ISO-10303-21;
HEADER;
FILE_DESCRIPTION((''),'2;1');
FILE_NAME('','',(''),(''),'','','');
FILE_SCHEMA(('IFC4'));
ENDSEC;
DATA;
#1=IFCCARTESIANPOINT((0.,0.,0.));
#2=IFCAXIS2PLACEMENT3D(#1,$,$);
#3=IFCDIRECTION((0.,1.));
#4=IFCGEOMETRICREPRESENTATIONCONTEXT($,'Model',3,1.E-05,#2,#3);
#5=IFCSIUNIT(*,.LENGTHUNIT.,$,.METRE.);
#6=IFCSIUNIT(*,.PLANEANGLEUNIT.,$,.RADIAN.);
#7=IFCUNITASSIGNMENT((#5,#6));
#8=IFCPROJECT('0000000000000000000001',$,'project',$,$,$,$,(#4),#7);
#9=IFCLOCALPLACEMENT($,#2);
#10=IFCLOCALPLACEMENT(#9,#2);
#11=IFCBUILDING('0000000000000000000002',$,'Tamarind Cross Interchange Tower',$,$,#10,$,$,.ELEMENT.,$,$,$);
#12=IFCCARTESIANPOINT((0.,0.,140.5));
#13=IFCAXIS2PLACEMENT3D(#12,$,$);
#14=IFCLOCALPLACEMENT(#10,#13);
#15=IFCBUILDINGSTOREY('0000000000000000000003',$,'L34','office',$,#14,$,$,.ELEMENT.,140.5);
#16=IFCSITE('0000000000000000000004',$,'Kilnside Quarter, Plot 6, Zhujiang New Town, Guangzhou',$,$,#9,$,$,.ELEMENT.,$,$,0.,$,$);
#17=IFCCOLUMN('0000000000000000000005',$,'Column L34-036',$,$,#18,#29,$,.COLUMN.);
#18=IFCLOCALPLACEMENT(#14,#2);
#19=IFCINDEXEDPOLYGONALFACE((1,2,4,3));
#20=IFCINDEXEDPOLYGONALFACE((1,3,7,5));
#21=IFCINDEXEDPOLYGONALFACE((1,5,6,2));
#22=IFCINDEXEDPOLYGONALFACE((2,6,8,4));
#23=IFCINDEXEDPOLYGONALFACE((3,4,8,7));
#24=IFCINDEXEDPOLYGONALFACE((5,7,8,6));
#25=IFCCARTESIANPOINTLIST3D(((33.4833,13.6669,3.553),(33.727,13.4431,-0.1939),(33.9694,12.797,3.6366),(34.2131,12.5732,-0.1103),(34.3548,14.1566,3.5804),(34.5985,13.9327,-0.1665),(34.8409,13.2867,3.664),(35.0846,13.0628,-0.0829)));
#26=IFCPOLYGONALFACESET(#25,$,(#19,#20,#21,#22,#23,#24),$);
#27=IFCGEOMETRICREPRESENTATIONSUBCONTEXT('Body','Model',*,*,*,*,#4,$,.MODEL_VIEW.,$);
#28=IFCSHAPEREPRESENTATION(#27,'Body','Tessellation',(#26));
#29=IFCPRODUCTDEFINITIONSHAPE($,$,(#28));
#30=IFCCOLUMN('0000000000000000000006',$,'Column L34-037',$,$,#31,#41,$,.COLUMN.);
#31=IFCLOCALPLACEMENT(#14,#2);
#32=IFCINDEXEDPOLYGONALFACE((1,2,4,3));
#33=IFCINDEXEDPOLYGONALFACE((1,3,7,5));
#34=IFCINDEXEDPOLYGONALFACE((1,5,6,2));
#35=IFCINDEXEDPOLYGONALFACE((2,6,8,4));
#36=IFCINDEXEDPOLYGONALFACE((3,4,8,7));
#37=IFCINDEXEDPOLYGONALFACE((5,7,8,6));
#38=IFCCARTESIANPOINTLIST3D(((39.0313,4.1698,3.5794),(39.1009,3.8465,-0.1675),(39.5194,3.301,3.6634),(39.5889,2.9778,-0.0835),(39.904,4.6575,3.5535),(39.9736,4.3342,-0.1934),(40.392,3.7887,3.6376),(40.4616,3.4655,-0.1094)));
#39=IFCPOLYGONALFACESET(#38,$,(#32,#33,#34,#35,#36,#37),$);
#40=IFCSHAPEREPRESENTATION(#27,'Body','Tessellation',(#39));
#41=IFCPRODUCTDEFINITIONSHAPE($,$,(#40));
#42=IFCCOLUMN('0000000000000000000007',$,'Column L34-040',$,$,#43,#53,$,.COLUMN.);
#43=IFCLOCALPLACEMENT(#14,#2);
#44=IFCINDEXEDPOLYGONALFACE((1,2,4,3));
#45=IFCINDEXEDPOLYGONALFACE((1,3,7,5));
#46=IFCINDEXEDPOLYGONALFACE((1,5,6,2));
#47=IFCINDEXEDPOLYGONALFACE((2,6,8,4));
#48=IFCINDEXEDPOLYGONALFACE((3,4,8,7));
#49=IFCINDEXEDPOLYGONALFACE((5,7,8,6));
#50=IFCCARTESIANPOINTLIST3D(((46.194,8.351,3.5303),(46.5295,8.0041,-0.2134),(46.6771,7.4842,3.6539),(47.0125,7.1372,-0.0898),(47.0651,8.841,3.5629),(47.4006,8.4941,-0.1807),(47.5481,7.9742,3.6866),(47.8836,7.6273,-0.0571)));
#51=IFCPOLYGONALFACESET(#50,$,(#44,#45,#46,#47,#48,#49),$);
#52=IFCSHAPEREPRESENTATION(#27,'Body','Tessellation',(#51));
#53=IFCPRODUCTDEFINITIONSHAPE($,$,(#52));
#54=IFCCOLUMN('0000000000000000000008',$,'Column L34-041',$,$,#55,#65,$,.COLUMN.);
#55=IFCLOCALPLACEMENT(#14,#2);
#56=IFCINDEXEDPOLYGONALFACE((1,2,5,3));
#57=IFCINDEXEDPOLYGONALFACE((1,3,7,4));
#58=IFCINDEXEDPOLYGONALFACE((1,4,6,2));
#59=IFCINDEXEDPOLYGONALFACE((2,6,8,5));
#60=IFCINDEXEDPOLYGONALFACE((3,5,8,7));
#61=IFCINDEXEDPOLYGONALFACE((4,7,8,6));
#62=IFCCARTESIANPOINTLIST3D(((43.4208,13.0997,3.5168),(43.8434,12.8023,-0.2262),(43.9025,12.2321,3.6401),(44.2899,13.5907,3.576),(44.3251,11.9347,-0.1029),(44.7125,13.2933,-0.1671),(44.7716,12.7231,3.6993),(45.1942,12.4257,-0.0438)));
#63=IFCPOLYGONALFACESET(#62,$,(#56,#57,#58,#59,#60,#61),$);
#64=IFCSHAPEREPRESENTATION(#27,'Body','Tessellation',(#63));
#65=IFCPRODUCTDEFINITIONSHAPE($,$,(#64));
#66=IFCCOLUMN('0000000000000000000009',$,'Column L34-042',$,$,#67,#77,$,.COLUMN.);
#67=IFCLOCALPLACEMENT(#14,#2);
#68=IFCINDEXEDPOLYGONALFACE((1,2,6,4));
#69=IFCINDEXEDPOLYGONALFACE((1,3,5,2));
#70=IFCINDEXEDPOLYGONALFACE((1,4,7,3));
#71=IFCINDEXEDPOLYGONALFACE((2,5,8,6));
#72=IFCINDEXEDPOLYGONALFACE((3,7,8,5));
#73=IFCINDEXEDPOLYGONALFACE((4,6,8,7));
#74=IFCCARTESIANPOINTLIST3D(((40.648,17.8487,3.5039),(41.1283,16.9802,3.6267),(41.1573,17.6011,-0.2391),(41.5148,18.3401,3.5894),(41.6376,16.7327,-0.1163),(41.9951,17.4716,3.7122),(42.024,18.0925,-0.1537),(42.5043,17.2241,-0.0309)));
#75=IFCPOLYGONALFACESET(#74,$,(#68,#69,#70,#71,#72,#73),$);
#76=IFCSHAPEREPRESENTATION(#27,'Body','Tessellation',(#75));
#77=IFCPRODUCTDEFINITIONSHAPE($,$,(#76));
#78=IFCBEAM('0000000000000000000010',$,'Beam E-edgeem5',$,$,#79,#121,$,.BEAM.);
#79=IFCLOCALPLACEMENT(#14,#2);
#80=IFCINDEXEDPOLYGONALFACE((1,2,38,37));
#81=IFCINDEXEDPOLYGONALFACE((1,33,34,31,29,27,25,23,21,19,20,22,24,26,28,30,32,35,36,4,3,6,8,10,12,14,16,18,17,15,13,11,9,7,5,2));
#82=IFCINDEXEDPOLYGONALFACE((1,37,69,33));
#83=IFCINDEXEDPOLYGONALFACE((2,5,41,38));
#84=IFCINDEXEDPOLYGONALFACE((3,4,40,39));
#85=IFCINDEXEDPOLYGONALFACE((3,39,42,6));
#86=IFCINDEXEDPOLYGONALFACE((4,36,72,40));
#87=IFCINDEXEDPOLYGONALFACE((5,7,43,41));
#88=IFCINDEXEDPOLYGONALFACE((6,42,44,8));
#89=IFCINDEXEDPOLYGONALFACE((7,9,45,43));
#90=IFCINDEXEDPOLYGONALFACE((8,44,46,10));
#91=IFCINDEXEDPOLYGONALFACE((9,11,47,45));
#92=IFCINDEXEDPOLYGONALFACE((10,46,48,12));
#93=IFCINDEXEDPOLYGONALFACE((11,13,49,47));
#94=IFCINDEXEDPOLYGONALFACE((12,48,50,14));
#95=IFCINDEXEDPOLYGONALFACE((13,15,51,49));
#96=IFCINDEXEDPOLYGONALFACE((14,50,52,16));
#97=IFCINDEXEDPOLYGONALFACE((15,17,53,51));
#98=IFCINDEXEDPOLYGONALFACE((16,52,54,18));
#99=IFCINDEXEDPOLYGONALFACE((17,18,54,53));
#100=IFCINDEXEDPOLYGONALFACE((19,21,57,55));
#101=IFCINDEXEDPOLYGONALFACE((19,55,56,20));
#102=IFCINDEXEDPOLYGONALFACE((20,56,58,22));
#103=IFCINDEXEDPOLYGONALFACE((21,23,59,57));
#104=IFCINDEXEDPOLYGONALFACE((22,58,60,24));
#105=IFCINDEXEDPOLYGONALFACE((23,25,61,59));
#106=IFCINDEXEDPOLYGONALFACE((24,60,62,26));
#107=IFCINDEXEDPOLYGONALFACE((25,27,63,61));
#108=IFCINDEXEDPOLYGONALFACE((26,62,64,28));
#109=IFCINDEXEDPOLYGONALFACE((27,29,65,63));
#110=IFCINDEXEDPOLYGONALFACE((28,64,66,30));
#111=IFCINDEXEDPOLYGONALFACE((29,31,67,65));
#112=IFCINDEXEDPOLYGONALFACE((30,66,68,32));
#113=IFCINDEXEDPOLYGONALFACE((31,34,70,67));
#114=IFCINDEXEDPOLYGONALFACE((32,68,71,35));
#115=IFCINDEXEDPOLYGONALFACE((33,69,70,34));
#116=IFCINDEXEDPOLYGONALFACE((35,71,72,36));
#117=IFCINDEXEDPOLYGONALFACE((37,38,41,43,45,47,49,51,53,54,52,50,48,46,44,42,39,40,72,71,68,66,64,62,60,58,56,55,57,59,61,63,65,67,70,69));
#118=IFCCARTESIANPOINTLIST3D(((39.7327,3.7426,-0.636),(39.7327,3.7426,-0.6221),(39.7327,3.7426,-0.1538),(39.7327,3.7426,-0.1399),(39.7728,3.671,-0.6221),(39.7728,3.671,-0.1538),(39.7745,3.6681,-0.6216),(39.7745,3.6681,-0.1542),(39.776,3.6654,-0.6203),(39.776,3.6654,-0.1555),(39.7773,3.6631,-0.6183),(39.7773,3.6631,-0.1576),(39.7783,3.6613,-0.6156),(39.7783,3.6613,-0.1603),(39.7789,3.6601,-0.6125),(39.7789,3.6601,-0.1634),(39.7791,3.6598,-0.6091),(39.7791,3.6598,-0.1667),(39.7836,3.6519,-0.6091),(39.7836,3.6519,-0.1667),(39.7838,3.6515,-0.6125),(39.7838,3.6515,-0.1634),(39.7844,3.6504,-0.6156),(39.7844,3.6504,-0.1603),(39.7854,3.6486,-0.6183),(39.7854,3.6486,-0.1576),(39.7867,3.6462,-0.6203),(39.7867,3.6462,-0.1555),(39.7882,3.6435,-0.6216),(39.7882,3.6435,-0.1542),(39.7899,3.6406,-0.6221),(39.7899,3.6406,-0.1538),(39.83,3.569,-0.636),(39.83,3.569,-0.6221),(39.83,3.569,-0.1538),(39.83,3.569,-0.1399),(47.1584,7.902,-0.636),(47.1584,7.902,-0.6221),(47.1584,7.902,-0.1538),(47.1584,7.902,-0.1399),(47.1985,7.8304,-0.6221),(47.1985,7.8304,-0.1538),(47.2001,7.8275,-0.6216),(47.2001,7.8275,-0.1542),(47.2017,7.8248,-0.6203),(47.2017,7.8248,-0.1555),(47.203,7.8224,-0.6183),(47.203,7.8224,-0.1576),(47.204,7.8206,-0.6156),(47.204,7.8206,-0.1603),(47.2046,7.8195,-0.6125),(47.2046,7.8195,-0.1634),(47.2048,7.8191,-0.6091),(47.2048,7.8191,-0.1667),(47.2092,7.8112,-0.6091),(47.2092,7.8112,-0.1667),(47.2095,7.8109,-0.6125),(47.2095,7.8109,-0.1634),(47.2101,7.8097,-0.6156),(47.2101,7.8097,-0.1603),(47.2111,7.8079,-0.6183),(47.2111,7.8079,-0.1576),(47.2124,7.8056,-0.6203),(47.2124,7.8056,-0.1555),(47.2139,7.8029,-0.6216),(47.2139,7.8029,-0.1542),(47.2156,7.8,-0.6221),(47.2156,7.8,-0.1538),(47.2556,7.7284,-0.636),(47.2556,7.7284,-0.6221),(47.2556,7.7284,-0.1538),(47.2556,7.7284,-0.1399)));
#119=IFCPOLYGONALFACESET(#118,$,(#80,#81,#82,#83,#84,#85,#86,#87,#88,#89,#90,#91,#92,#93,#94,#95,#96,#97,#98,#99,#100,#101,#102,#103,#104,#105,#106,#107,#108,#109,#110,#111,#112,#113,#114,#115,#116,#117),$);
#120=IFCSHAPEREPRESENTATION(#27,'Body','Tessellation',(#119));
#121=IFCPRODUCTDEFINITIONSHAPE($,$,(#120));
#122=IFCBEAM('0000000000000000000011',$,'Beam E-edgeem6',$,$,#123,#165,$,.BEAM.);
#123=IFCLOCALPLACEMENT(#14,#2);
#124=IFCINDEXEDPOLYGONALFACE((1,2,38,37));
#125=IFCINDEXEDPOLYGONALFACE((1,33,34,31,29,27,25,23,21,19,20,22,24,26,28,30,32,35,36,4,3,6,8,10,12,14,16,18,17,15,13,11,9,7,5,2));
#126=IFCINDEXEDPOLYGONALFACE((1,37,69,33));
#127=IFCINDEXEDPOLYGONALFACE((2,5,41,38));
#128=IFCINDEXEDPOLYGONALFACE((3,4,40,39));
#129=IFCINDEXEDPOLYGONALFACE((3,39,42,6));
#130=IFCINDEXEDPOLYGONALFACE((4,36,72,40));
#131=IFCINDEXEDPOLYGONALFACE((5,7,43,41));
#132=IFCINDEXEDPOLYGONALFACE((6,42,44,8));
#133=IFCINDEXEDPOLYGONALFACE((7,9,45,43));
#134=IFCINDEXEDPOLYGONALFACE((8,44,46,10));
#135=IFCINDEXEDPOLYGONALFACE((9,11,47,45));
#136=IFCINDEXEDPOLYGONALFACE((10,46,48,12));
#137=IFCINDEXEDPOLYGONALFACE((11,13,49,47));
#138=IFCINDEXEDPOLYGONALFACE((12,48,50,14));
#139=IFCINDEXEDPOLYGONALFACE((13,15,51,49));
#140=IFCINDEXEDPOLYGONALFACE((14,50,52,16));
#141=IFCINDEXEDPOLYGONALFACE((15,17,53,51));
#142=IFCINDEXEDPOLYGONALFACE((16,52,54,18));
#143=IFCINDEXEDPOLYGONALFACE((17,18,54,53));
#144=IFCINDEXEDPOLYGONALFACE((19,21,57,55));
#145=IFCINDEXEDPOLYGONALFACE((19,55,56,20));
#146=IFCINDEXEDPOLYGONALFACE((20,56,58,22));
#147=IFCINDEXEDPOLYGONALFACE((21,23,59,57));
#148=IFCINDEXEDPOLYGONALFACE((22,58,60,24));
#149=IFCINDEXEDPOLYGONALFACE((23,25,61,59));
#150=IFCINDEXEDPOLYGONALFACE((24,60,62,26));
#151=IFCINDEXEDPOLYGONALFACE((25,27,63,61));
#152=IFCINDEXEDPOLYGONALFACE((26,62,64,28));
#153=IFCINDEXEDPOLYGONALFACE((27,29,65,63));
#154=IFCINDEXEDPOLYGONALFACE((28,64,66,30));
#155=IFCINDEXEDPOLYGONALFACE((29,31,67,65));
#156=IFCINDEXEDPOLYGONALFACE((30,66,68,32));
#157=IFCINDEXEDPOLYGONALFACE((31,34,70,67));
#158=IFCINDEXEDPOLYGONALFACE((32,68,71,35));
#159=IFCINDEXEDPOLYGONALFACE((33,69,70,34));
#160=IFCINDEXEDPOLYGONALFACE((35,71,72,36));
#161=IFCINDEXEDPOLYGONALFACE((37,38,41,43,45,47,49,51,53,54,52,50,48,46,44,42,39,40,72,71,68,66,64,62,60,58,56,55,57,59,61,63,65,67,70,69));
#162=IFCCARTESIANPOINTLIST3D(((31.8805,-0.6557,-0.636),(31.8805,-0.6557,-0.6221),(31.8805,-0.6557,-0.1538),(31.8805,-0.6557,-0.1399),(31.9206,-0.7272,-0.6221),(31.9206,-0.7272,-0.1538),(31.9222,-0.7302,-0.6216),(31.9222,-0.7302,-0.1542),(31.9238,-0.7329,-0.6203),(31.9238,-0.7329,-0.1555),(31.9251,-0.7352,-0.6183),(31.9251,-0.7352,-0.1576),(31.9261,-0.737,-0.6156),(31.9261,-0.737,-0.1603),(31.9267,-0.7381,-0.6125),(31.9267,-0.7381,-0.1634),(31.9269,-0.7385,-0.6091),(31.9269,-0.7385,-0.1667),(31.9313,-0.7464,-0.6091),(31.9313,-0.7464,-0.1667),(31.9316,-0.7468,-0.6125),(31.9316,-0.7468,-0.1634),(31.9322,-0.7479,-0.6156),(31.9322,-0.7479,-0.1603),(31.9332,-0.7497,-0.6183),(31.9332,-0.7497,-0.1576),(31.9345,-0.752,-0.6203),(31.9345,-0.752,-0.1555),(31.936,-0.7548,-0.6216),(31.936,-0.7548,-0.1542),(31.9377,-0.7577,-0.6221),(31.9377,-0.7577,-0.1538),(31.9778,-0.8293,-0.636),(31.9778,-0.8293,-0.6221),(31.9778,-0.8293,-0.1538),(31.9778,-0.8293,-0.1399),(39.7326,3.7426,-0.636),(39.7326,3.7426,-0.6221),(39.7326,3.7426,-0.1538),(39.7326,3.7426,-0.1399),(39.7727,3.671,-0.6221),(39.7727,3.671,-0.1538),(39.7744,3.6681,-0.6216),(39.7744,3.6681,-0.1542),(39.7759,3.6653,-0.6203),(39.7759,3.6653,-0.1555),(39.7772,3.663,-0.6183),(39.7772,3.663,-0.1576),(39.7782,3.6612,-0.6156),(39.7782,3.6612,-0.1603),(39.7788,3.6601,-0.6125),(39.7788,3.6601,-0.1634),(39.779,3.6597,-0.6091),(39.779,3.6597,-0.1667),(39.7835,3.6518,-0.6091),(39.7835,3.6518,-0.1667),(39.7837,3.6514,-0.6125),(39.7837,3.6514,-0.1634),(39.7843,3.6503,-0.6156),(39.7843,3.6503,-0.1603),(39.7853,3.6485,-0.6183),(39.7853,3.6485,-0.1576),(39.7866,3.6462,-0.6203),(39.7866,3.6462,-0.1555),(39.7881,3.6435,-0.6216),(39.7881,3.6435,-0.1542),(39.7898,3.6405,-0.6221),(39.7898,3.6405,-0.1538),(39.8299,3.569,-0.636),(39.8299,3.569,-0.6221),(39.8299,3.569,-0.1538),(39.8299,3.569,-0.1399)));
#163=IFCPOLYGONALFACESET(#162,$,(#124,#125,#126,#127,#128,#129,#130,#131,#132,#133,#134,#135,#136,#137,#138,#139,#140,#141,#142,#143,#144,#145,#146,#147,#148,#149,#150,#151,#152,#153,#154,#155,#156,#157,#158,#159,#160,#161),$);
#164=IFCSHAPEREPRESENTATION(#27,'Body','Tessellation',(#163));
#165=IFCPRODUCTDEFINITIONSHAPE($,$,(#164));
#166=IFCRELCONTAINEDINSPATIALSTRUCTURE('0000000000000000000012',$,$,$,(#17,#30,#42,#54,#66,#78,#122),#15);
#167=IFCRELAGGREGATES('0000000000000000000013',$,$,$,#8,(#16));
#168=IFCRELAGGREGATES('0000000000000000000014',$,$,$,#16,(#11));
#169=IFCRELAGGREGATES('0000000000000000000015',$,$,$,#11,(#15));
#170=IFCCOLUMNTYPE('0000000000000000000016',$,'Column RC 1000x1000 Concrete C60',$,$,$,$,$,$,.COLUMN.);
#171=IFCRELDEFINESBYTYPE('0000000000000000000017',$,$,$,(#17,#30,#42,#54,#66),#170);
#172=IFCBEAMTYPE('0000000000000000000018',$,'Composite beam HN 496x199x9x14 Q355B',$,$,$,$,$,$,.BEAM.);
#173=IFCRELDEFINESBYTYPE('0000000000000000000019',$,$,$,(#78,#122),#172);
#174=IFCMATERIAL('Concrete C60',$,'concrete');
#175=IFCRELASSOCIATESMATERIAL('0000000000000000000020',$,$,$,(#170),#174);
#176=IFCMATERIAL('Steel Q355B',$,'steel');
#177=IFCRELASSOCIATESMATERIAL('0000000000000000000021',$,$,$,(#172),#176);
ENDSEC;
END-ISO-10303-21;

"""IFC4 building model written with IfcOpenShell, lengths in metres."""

from ifc_helpers import new_model, si_unit, direction, frame, origin, origin_2d, place, context, subcontext, project, spatial, rectangle, i_section, extrude, material, material_profile, profile_set, type_object, element, save


model = new_model("IFC4")

# Units and contexts
model_context = context("Model", 3, precision=1e-05, world=origin(), true_north=direction((0.0, 1.0)))
body_context = subcontext(model_context, "Body", "Model", "MODEL_VIEW")
ifc_project = project(units=[si_unit("LENGTHUNIT", "METRE"), si_unit("PLANEANGLEUNIT", "RADIAN")], contexts=[model_context])

# Site, building, storey
site_placement = place(None, origin())
site = spatial("IfcSite", under=ifc_project, at=site_placement, Name="Kilnside Quarter, Plot 6, Zhujiang New Town, Guangzhou", CompositionType="ELEMENT", RefElevation=0.0)
building_placement = place(site_placement, origin())
building = spatial("IfcBuilding", under=site, at=building_placement, Name="Tamarind Cross Interchange Tower", CompositionType="ELEMENT")
storey_placement = place(building_placement, frame((0.0, 0.0, 140.5)))
storey = spatial("IfcBuildingStorey", under=building, at=storey_placement, Name="L34", Description="office", CompositionType="ELEMENT", Elevation=140.5)

# Columns
ifc_material_1 = material(Name="Concrete C60", Category="concrete")
ifc_material_profile_1 = material_profile(ifc_material_1, rectangle(XDim=1.0, YDim=1.0, at=origin_2d()), Name="RC 1000x1000")
ifc_profile_set_1 = profile_set([ifc_material_profile_1], Name="Concrete C60")
column_type = type_object("IfcColumnType", Name="Column RC 1000x1000 Concrete C60", PredefinedType="COLUMN", material=ifc_profile_set_1)
for number, where, z_axis, x_axis, name in (
    (1, (34.4058, 13.2529, -0.1384), (-0.064777, 0.059519, 0.996123), (0.486109, -0.869891, 0.083588), "Column L34-036"),
    (2, (39.7812, 3.656, -0.1384), (-0.018499, 0.085937, 0.996129), (-0.872633, -0.48769, 0.025868), "Column L34-037"),
):
    element("IfcColumn", number, at=place(storey_placement, frame(where, z_axis=z_axis, x_axis=x_axis)), inside=storey, type_object=column_type, Name=name, PredefinedType="COLUMN", context=body_context, shape_type="SweptSolid", body=[
        extrude(rectangle(XDim=1.0, YDim=1.0, at=origin_2d()), origin(), (0.0, 0.0, 1.0), 3.7615),
    ])
column_1_placement = place(storey_placement, frame((47.2065, 7.8157, -0.1353), z_axis=(-0.088869, 0.091909, 0.991794), x_axis=(0.483035, -0.866832, 0.123611)))
element("IfcColumn", 3, at=column_1_placement, inside=storey, type_object=column_type, Name="Column L34-040", PredefinedType="COLUMN", context=body_context, shape_type="SweptSolid", body=[
    extrude(rectangle(XDim=1.0, YDim=1.0, at=origin_2d()), origin(), (0.0, 0.0, 1.0), 3.7747),
])
column_2_placement = place(storey_placement, frame((44.5188, 12.614, -0.135), z_axis=(-0.11184, 0.078695, 0.990605), x_axis=(0.481716, -0.867608, 0.123311)))
element("IfcColumn", 4, at=column_2_placement, inside=storey, type_object=column_type, Name="Column L34-041", PredefinedType="COLUMN", context=body_context, shape_type="SweptSolid", body=[
    extrude(rectangle(XDim=1.0, YDim=1.0, at=origin_2d()), origin(), (0.0, 0.0, 1.0), 3.7786),
])
column_3_placement = place(storey_placement, frame((41.8308, 17.4126, -0.135), z_axis=(-0.134525, 0.065392, 0.98875), x_axis=(0.480274, -0.868482, 0.122782)))
element("IfcColumn", 5, at=column_3_placement, inside=storey, type_object=column_type, Name="Column L34-042", PredefinedType="COLUMN", context=body_context, shape_type="SweptSolid", body=[
    extrude(rectangle(XDim=1.0, YDim=1.0, at=origin_2d()), origin(), (0.0, 0.0, 1.0), 3.7856),
])

# Beams
ifc_material_2 = material(Name="Steel Q355B", Category="steel")
ifc_material_profile_2 = material_profile(ifc_material_2, i_section(OverallWidth=0.199, OverallDepth=0.4961, WebThickness=0.009, FlangeThickness=0.0139, FilletRadius=0.0129, at=origin_2d()), Name="HN 496x199x9x14")
ifc_profile_set_2 = profile_set([ifc_material_profile_2], Name="Steel Q355B")
beam_type_1 = type_object("IfcBeamType", Name="Composite beam HN 496x199x9x14 Q355B", PredefinedType="BEAM", material=ifc_profile_set_2)
beam_1_placement = place(storey_placement, frame((47.207, 7.8152, -0.3879), z_axis=(-0.872457, -0.488692, 0.0), x_axis=(0.488692, -0.872457, 0.0)))
element("IfcBeam", 6, at=beam_1_placement, inside=storey, type_object=beam_type_1, Name="Beam E-edgeem5", PredefinedType="BEAM", context=body_context, shape_type="SweptSolid", body=[
    extrude(i_section(OverallWidth=0.199, OverallDepth=0.4961, WebThickness=0.009, FlangeThickness=0.0139, FilletRadius=0.0129, at=origin_2d()), origin(), (0.0, 0.0, 1.0), 8.5112),
])
beam_2_placement = place(storey_placement, frame((39.7812, 3.6558, -0.3879), z_axis=(-0.872457, -0.488692, 0.0), x_axis=(0.488692, -0.872457, 0.0)))
element("IfcBeam", 7, at=beam_2_placement, inside=storey, type_object=beam_type_1, Name="Beam E-edgeem6", PredefinedType="BEAM", context=body_context, shape_type="SweptSolid", body=[
    extrude(i_section(OverallWidth=0.199, OverallDepth=0.4961, WebThickness=0.009, FlangeThickness=0.0139, FilletRadius=0.0129, at=origin_2d()), origin(), (0.0, 0.0, 1.0), 9.0),
])

save(model, "model.ifc")
